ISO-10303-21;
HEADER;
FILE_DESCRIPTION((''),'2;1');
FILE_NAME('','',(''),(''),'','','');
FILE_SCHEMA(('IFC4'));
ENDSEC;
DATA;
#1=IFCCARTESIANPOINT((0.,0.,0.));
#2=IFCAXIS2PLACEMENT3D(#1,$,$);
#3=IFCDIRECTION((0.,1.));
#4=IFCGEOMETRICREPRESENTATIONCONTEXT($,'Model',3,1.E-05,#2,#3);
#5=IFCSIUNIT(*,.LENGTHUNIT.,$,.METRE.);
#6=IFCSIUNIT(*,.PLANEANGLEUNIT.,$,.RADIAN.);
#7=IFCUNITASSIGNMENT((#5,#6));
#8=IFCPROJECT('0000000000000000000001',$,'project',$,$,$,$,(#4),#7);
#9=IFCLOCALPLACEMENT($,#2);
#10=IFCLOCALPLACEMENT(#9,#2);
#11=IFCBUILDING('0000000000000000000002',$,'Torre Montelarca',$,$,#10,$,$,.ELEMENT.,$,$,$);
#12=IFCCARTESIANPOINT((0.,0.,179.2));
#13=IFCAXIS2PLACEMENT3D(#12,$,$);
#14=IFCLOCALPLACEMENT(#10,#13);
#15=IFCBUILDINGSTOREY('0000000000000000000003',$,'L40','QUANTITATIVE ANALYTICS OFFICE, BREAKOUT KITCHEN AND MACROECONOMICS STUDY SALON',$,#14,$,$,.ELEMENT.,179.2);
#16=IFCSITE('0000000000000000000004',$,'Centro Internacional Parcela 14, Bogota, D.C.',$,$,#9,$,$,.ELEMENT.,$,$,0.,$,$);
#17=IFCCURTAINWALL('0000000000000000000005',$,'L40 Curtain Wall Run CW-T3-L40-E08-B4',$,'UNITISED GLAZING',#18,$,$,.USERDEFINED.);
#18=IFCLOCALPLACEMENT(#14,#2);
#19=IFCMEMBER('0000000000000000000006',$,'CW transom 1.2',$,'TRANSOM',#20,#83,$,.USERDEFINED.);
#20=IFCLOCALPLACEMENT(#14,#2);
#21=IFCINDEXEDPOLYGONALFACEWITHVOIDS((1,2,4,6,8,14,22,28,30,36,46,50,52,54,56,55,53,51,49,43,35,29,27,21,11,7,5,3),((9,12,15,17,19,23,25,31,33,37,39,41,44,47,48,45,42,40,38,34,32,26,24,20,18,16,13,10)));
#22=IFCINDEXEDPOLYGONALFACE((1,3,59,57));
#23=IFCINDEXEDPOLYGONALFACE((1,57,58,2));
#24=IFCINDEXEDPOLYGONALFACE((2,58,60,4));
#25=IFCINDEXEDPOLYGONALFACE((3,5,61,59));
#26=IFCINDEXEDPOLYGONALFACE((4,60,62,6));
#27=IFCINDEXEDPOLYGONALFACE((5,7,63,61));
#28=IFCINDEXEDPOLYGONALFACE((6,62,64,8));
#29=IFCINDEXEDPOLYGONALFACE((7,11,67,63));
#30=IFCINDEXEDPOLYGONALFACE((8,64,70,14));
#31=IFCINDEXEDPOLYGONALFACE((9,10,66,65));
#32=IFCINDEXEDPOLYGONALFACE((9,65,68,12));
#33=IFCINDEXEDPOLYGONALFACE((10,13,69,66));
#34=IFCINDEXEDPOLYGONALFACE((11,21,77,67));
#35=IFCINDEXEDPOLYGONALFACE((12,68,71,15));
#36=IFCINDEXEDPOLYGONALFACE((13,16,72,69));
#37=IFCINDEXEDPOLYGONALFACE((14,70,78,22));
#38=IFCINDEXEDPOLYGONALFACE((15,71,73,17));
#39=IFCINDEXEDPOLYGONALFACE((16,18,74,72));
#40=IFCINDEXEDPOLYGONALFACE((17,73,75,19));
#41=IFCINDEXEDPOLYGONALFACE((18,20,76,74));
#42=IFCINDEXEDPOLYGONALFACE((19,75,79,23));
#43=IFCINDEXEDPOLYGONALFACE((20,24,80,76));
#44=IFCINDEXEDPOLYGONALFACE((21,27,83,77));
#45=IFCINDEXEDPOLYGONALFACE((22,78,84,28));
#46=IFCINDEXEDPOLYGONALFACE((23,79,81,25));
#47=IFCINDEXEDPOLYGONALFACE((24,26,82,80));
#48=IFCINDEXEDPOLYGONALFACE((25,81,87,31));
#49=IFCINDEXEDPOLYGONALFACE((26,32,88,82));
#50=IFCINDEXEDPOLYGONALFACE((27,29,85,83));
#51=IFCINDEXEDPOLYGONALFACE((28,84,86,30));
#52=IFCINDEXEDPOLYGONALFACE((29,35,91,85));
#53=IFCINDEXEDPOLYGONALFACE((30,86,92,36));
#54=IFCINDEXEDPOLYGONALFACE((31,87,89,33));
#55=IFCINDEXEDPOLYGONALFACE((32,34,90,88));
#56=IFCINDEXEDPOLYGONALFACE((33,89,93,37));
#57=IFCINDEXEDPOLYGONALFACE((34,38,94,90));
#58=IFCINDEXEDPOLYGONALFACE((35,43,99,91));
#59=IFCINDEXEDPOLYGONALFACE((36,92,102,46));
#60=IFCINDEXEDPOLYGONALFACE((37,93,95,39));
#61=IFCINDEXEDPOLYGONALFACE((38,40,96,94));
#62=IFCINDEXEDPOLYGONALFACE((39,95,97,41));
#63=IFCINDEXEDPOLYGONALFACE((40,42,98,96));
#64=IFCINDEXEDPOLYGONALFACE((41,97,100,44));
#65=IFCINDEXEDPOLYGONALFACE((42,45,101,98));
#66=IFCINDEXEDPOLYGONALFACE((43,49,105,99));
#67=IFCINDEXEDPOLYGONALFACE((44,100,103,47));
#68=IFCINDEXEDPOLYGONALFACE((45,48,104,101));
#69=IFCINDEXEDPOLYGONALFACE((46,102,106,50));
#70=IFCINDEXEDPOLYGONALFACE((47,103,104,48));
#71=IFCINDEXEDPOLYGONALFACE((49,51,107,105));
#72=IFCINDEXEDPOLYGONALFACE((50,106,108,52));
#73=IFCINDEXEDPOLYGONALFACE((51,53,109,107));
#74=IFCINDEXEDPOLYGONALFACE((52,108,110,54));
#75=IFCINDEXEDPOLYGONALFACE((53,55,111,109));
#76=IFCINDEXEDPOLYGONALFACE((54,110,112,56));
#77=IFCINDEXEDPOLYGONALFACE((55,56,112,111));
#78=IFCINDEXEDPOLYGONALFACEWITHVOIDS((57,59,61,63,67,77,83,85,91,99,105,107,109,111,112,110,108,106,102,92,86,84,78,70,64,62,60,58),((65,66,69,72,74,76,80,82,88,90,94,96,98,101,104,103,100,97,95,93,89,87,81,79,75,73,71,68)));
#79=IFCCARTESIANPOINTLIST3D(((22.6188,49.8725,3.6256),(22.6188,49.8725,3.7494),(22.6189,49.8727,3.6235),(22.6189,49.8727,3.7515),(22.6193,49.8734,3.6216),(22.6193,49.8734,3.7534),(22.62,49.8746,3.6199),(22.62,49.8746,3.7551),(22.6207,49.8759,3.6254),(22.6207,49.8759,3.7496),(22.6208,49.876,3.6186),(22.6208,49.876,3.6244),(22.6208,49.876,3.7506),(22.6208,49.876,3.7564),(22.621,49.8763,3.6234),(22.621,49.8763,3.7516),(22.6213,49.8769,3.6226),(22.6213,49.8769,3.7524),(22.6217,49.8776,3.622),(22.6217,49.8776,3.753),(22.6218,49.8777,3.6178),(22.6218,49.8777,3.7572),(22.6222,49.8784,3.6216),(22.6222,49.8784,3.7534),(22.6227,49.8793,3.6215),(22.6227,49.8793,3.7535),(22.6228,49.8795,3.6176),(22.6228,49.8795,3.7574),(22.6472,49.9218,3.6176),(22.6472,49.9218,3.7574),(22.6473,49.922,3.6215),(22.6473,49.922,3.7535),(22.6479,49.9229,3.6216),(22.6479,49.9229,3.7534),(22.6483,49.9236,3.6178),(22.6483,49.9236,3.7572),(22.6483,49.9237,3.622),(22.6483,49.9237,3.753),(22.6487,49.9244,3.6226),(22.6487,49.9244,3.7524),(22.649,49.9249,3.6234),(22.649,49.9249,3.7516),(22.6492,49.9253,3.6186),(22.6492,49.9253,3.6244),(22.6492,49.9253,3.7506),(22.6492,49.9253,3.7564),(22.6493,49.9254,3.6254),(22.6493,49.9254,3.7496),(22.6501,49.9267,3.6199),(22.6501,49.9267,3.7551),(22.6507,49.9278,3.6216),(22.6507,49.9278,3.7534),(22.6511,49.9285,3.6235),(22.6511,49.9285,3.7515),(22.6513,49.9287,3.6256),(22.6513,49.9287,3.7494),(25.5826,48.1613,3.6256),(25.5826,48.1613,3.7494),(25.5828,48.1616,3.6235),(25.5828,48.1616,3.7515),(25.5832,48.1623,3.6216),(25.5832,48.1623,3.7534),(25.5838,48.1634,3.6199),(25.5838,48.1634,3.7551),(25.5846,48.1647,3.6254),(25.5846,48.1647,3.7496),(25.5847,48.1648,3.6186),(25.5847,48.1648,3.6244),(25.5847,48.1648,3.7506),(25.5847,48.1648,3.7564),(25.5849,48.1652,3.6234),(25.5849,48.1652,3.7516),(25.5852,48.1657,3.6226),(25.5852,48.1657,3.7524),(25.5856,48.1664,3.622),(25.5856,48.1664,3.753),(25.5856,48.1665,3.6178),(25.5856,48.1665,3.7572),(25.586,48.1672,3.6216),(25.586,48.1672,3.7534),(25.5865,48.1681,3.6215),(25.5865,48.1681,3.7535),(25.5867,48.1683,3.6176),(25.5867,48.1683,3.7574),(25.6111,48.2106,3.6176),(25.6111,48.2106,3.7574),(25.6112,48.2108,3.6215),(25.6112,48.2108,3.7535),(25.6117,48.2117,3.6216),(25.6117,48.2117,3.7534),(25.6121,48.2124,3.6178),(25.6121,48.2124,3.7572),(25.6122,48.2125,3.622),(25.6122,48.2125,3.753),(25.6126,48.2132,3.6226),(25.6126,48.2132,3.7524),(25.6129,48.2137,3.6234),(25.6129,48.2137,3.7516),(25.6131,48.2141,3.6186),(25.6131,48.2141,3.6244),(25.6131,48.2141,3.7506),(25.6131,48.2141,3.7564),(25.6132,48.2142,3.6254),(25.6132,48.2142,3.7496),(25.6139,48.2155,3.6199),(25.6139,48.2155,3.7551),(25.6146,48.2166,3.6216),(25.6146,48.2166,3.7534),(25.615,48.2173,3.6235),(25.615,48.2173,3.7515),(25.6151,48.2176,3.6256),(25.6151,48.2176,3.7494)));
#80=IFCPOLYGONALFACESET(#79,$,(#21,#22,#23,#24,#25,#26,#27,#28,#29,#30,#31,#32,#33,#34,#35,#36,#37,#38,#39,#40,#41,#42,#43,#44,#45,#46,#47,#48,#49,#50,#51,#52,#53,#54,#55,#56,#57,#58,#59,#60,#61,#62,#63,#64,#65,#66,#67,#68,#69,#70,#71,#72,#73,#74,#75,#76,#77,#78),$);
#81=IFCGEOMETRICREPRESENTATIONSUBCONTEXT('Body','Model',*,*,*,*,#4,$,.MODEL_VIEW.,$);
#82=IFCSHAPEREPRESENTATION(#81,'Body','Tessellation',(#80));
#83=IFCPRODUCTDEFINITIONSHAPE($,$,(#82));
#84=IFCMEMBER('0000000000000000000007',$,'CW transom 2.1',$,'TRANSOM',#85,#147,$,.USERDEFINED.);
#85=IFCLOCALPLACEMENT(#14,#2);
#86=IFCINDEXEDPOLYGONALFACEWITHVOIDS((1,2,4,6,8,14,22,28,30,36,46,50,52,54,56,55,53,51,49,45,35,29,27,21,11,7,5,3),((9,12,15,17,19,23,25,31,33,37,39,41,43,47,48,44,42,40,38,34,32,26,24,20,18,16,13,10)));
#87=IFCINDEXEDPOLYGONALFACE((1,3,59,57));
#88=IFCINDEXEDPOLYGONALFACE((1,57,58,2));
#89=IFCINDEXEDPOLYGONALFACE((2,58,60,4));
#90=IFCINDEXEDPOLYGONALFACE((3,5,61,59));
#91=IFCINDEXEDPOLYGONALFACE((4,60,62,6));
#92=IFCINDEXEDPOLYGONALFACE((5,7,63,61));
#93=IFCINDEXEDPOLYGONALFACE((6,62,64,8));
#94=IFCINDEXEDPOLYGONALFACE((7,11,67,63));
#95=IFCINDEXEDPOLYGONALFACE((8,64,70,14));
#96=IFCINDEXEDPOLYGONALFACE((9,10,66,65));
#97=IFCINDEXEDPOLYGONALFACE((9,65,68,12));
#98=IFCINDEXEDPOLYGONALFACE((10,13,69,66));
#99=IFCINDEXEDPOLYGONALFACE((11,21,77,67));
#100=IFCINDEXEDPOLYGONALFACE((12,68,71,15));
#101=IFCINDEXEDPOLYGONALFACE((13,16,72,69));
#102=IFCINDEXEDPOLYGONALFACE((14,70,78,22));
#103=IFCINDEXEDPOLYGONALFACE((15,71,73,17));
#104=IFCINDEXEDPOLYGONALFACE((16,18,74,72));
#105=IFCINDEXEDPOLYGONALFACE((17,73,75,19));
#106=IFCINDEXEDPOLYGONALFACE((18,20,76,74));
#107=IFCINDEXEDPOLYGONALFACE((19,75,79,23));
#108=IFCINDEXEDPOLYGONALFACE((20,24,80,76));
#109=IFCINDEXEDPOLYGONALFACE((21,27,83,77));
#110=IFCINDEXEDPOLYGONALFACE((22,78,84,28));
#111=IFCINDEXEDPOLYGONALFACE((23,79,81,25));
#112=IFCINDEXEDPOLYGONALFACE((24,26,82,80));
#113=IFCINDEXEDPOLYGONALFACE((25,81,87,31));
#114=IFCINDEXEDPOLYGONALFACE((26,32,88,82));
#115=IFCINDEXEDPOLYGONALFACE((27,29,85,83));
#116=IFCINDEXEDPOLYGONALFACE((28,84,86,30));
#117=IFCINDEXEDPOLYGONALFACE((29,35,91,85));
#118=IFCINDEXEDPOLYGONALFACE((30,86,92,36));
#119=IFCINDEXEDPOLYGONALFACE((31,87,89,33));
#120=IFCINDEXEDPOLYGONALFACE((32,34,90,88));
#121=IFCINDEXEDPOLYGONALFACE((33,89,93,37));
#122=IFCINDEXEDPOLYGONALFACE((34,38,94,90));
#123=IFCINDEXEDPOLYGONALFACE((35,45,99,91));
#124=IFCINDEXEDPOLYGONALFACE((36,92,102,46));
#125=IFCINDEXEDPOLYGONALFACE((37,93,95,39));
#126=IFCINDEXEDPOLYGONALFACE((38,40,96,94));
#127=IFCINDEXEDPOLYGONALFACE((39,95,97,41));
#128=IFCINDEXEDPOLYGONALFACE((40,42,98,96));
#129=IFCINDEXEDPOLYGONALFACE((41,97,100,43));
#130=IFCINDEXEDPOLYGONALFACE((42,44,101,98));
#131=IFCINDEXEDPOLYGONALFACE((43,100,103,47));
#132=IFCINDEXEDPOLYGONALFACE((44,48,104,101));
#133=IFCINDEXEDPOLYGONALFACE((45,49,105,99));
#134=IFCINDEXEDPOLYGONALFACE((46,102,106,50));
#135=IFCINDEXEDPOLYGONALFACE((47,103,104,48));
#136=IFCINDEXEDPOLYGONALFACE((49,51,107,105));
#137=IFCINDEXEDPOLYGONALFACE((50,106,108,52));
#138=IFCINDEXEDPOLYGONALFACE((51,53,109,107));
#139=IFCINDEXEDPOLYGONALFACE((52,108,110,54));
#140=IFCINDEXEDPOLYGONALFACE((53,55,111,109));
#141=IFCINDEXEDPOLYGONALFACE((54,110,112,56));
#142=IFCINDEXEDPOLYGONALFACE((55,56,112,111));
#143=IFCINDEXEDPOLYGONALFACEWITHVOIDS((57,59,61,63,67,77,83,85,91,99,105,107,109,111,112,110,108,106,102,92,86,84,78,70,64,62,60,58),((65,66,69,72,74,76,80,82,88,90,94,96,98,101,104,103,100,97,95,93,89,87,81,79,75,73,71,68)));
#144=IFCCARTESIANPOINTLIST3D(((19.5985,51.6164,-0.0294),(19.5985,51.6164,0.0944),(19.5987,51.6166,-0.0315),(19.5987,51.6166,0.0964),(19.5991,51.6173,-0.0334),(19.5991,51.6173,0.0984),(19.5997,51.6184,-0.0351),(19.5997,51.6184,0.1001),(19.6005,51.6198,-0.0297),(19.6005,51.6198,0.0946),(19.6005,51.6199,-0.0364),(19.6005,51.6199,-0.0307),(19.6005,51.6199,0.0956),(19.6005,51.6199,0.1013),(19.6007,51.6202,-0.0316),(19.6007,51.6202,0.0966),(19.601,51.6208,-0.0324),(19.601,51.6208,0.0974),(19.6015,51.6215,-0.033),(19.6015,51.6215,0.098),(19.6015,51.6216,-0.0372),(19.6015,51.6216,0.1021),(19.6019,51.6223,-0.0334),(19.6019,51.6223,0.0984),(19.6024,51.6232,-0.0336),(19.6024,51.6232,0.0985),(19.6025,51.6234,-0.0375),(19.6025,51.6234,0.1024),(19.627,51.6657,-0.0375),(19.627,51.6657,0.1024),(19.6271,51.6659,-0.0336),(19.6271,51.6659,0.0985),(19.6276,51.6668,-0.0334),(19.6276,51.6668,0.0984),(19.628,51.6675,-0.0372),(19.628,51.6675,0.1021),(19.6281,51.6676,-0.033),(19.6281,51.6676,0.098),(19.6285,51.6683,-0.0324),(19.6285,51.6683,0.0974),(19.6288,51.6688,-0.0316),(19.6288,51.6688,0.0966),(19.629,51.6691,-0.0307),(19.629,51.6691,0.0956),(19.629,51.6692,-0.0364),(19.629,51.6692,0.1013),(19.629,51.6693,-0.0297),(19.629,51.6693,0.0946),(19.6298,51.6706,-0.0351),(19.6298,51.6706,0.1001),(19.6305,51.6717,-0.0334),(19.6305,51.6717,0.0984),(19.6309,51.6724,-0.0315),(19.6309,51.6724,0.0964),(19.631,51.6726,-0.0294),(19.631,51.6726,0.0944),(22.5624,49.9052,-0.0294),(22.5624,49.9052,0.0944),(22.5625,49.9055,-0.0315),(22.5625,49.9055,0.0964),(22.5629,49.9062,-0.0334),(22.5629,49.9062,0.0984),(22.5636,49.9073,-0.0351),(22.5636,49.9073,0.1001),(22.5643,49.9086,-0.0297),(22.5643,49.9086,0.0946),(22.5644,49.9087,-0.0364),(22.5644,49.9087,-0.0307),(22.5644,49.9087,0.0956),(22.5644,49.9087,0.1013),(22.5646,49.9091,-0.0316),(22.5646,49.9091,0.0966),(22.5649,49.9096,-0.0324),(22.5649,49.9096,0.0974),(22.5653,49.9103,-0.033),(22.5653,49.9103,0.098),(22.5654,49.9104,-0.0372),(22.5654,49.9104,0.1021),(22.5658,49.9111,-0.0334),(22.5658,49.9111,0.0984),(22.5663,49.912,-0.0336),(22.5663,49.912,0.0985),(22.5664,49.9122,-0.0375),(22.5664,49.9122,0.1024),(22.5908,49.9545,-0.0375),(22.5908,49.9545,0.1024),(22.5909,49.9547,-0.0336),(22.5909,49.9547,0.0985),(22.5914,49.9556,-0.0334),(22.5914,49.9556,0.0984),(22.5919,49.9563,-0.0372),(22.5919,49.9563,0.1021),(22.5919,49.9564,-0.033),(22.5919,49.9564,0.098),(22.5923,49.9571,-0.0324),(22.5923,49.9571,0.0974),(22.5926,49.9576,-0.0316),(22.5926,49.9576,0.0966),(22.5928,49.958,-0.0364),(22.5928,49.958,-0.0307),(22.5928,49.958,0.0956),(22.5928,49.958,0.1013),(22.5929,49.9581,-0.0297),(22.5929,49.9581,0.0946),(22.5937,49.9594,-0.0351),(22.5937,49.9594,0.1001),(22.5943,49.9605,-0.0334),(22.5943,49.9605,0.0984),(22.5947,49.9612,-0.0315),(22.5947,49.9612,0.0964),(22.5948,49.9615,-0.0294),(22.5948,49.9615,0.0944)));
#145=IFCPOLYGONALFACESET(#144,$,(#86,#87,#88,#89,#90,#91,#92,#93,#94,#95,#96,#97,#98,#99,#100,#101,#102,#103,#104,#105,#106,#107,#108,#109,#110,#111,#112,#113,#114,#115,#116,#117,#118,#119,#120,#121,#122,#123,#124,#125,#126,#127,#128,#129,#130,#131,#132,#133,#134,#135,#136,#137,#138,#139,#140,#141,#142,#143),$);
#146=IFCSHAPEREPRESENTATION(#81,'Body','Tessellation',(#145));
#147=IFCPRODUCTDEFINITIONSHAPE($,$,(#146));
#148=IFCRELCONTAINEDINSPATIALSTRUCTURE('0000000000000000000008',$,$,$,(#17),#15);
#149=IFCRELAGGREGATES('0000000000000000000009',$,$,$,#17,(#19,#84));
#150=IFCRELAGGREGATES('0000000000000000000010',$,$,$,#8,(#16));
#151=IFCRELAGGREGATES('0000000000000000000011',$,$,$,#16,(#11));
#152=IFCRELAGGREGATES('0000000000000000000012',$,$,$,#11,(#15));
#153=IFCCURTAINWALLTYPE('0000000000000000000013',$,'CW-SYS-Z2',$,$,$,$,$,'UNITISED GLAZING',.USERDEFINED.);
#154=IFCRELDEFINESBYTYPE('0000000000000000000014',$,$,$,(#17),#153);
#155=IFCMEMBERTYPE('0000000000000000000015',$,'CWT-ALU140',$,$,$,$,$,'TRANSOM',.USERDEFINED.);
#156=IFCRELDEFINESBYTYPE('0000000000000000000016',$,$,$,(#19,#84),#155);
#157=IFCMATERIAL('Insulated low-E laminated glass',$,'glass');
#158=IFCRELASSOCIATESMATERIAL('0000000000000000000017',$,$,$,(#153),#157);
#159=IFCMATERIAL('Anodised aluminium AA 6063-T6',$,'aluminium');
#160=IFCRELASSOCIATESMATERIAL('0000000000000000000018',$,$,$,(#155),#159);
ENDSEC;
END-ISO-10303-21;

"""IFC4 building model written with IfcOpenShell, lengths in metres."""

from ifc_helpers import new_model, si_unit, direction, frame, origin, origin_2d, place, context, subcontext, project, spatial, hollow_rectangle, extrude, source, transform, mapped, material, material_profile, profile_set, type_object, element, aggregate, save


model = new_model("IFC4")

# Units and contexts
model_context = context("Model", 3, precision=1e-05, world=origin(), true_north=direction((0.0, 1.0)))
body_context = subcontext(model_context, "Body", "Model", "MODEL_VIEW")
ifc_project = project(units=[si_unit("LENGTHUNIT", "METRE"), si_unit("PLANEANGLEUNIT", "RADIAN")], contexts=[model_context])

# Site, building, storey
site_placement = place(None, origin())
site = spatial("IfcSite", under=ifc_project, at=site_placement, Name="Centro Internacional Parcela 14, Bogota, D.C.", CompositionType="ELEMENT", RefElevation=0.0)
building_placement = place(site_placement, origin())
building = spatial("IfcBuilding", under=site, at=building_placement, Name="Torre Montelarca", CompositionType="ELEMENT")
storey_placement = place(building_placement, frame((0.0, 0.0, 179.2)))
storey = spatial("IfcBuildingStorey", under=building, at=storey_placement, Name="L40", Description="QUANTITATIVE ANALYTICS OFFICE, BREAKOUT KITCHEN AND MACROECONOMICS STUDY SALON", CompositionType="ELEMENT", Elevation=179.2)

# Curtain wall
ifc_material_1 = material(Name="Insulated low-E laminated glass", Category="glass")
curtain_wall_type = type_object("IfcCurtainWallType", Name="CW-SYS-Z2", ElementType="UNITISED GLAZING", PredefinedType="USERDEFINED", material=ifc_material_1)
ifc_material_2 = material(Name="Anodised aluminium AA 6063-T6", Category="aluminium")
curtain_wall_1_placement = place(storey_placement, origin())
curtain_wall_1 = element("IfcCurtainWall", 1, at=curtain_wall_1_placement, inside=storey, type_object=curtain_wall_type, Name="L40 Curtain Wall Run CW-T3-L40-E08-B4", ObjectType="UNITISED GLAZING", PredefinedType="USERDEFINED")

# Members
ifc_material_profile_1 = material_profile(ifc_material_2, hollow_rectangle(XDim=0.0649, YDim=0.1399, WallThickness=0.0039, InnerFilletRadius=0.0039, OuterFilletRadius=0.0081, at=origin_2d()), Name="ALU65X140X4", Category="aluminium")
ifc_profile_set_1 = profile_set([ifc_material_profile_1], Name="Anodised aluminium AA 6063-T6")
member_type_1 = type_object("IfcMemberType", Name="CWT-ALU140", ElementType="TRANSOM", PredefinedType="USERDEFINED", material=ifc_profile_set_1)
shared_shape_1 = source(origin(), body_context, "Body", "SweptSolid", [
    extrude(hollow_rectangle(XDim=0.0649, YDim=0.1399, WallThickness=0.0039, InnerFilletRadius=0.0039, OuterFilletRadius=0.0081, at=origin_2d()), origin(), (0.0, 0.0, 1.0), 3.4224),
])
member_1_placement = place(storey_placement, frame((25.5989, 48.1895, 3.6875), z_axis=(-0.866026, 0.499998, 0.0), x_axis=(-0.499998, -0.866026, 0.0)))
member_1 = element("IfcMember", 2, at=member_1_placement, type_object=member_type_1, Name="CW transom 1.2", ObjectType="TRANSOM", PredefinedType="USERDEFINED", context=body_context, shape_type="MappedRepresentation", body=[
    mapped(shared_shape_1, transform((0.0, 0.0, 0.0), scale=1.0)),
])
member_2_placement = place(storey_placement, frame((22.5786, 49.9333, 0.0325), z_axis=(-0.866026, 0.499998, 0.0), x_axis=(-0.499998, -0.866026, 0.0)))
member_2 = element("IfcMember", 3, at=member_2_placement, type_object=member_type_1, Name="CW transom 2.1", ObjectType="TRANSOM", PredefinedType="USERDEFINED", context=body_context, shape_type="MappedRepresentation", body=[
    mapped(shared_shape_1, transform((0.0, 0.0, 0.0), scale=1.0)),
])

aggregate(curtain_wall_1, [member_1, member_2])

save(model, "model.ifc")
